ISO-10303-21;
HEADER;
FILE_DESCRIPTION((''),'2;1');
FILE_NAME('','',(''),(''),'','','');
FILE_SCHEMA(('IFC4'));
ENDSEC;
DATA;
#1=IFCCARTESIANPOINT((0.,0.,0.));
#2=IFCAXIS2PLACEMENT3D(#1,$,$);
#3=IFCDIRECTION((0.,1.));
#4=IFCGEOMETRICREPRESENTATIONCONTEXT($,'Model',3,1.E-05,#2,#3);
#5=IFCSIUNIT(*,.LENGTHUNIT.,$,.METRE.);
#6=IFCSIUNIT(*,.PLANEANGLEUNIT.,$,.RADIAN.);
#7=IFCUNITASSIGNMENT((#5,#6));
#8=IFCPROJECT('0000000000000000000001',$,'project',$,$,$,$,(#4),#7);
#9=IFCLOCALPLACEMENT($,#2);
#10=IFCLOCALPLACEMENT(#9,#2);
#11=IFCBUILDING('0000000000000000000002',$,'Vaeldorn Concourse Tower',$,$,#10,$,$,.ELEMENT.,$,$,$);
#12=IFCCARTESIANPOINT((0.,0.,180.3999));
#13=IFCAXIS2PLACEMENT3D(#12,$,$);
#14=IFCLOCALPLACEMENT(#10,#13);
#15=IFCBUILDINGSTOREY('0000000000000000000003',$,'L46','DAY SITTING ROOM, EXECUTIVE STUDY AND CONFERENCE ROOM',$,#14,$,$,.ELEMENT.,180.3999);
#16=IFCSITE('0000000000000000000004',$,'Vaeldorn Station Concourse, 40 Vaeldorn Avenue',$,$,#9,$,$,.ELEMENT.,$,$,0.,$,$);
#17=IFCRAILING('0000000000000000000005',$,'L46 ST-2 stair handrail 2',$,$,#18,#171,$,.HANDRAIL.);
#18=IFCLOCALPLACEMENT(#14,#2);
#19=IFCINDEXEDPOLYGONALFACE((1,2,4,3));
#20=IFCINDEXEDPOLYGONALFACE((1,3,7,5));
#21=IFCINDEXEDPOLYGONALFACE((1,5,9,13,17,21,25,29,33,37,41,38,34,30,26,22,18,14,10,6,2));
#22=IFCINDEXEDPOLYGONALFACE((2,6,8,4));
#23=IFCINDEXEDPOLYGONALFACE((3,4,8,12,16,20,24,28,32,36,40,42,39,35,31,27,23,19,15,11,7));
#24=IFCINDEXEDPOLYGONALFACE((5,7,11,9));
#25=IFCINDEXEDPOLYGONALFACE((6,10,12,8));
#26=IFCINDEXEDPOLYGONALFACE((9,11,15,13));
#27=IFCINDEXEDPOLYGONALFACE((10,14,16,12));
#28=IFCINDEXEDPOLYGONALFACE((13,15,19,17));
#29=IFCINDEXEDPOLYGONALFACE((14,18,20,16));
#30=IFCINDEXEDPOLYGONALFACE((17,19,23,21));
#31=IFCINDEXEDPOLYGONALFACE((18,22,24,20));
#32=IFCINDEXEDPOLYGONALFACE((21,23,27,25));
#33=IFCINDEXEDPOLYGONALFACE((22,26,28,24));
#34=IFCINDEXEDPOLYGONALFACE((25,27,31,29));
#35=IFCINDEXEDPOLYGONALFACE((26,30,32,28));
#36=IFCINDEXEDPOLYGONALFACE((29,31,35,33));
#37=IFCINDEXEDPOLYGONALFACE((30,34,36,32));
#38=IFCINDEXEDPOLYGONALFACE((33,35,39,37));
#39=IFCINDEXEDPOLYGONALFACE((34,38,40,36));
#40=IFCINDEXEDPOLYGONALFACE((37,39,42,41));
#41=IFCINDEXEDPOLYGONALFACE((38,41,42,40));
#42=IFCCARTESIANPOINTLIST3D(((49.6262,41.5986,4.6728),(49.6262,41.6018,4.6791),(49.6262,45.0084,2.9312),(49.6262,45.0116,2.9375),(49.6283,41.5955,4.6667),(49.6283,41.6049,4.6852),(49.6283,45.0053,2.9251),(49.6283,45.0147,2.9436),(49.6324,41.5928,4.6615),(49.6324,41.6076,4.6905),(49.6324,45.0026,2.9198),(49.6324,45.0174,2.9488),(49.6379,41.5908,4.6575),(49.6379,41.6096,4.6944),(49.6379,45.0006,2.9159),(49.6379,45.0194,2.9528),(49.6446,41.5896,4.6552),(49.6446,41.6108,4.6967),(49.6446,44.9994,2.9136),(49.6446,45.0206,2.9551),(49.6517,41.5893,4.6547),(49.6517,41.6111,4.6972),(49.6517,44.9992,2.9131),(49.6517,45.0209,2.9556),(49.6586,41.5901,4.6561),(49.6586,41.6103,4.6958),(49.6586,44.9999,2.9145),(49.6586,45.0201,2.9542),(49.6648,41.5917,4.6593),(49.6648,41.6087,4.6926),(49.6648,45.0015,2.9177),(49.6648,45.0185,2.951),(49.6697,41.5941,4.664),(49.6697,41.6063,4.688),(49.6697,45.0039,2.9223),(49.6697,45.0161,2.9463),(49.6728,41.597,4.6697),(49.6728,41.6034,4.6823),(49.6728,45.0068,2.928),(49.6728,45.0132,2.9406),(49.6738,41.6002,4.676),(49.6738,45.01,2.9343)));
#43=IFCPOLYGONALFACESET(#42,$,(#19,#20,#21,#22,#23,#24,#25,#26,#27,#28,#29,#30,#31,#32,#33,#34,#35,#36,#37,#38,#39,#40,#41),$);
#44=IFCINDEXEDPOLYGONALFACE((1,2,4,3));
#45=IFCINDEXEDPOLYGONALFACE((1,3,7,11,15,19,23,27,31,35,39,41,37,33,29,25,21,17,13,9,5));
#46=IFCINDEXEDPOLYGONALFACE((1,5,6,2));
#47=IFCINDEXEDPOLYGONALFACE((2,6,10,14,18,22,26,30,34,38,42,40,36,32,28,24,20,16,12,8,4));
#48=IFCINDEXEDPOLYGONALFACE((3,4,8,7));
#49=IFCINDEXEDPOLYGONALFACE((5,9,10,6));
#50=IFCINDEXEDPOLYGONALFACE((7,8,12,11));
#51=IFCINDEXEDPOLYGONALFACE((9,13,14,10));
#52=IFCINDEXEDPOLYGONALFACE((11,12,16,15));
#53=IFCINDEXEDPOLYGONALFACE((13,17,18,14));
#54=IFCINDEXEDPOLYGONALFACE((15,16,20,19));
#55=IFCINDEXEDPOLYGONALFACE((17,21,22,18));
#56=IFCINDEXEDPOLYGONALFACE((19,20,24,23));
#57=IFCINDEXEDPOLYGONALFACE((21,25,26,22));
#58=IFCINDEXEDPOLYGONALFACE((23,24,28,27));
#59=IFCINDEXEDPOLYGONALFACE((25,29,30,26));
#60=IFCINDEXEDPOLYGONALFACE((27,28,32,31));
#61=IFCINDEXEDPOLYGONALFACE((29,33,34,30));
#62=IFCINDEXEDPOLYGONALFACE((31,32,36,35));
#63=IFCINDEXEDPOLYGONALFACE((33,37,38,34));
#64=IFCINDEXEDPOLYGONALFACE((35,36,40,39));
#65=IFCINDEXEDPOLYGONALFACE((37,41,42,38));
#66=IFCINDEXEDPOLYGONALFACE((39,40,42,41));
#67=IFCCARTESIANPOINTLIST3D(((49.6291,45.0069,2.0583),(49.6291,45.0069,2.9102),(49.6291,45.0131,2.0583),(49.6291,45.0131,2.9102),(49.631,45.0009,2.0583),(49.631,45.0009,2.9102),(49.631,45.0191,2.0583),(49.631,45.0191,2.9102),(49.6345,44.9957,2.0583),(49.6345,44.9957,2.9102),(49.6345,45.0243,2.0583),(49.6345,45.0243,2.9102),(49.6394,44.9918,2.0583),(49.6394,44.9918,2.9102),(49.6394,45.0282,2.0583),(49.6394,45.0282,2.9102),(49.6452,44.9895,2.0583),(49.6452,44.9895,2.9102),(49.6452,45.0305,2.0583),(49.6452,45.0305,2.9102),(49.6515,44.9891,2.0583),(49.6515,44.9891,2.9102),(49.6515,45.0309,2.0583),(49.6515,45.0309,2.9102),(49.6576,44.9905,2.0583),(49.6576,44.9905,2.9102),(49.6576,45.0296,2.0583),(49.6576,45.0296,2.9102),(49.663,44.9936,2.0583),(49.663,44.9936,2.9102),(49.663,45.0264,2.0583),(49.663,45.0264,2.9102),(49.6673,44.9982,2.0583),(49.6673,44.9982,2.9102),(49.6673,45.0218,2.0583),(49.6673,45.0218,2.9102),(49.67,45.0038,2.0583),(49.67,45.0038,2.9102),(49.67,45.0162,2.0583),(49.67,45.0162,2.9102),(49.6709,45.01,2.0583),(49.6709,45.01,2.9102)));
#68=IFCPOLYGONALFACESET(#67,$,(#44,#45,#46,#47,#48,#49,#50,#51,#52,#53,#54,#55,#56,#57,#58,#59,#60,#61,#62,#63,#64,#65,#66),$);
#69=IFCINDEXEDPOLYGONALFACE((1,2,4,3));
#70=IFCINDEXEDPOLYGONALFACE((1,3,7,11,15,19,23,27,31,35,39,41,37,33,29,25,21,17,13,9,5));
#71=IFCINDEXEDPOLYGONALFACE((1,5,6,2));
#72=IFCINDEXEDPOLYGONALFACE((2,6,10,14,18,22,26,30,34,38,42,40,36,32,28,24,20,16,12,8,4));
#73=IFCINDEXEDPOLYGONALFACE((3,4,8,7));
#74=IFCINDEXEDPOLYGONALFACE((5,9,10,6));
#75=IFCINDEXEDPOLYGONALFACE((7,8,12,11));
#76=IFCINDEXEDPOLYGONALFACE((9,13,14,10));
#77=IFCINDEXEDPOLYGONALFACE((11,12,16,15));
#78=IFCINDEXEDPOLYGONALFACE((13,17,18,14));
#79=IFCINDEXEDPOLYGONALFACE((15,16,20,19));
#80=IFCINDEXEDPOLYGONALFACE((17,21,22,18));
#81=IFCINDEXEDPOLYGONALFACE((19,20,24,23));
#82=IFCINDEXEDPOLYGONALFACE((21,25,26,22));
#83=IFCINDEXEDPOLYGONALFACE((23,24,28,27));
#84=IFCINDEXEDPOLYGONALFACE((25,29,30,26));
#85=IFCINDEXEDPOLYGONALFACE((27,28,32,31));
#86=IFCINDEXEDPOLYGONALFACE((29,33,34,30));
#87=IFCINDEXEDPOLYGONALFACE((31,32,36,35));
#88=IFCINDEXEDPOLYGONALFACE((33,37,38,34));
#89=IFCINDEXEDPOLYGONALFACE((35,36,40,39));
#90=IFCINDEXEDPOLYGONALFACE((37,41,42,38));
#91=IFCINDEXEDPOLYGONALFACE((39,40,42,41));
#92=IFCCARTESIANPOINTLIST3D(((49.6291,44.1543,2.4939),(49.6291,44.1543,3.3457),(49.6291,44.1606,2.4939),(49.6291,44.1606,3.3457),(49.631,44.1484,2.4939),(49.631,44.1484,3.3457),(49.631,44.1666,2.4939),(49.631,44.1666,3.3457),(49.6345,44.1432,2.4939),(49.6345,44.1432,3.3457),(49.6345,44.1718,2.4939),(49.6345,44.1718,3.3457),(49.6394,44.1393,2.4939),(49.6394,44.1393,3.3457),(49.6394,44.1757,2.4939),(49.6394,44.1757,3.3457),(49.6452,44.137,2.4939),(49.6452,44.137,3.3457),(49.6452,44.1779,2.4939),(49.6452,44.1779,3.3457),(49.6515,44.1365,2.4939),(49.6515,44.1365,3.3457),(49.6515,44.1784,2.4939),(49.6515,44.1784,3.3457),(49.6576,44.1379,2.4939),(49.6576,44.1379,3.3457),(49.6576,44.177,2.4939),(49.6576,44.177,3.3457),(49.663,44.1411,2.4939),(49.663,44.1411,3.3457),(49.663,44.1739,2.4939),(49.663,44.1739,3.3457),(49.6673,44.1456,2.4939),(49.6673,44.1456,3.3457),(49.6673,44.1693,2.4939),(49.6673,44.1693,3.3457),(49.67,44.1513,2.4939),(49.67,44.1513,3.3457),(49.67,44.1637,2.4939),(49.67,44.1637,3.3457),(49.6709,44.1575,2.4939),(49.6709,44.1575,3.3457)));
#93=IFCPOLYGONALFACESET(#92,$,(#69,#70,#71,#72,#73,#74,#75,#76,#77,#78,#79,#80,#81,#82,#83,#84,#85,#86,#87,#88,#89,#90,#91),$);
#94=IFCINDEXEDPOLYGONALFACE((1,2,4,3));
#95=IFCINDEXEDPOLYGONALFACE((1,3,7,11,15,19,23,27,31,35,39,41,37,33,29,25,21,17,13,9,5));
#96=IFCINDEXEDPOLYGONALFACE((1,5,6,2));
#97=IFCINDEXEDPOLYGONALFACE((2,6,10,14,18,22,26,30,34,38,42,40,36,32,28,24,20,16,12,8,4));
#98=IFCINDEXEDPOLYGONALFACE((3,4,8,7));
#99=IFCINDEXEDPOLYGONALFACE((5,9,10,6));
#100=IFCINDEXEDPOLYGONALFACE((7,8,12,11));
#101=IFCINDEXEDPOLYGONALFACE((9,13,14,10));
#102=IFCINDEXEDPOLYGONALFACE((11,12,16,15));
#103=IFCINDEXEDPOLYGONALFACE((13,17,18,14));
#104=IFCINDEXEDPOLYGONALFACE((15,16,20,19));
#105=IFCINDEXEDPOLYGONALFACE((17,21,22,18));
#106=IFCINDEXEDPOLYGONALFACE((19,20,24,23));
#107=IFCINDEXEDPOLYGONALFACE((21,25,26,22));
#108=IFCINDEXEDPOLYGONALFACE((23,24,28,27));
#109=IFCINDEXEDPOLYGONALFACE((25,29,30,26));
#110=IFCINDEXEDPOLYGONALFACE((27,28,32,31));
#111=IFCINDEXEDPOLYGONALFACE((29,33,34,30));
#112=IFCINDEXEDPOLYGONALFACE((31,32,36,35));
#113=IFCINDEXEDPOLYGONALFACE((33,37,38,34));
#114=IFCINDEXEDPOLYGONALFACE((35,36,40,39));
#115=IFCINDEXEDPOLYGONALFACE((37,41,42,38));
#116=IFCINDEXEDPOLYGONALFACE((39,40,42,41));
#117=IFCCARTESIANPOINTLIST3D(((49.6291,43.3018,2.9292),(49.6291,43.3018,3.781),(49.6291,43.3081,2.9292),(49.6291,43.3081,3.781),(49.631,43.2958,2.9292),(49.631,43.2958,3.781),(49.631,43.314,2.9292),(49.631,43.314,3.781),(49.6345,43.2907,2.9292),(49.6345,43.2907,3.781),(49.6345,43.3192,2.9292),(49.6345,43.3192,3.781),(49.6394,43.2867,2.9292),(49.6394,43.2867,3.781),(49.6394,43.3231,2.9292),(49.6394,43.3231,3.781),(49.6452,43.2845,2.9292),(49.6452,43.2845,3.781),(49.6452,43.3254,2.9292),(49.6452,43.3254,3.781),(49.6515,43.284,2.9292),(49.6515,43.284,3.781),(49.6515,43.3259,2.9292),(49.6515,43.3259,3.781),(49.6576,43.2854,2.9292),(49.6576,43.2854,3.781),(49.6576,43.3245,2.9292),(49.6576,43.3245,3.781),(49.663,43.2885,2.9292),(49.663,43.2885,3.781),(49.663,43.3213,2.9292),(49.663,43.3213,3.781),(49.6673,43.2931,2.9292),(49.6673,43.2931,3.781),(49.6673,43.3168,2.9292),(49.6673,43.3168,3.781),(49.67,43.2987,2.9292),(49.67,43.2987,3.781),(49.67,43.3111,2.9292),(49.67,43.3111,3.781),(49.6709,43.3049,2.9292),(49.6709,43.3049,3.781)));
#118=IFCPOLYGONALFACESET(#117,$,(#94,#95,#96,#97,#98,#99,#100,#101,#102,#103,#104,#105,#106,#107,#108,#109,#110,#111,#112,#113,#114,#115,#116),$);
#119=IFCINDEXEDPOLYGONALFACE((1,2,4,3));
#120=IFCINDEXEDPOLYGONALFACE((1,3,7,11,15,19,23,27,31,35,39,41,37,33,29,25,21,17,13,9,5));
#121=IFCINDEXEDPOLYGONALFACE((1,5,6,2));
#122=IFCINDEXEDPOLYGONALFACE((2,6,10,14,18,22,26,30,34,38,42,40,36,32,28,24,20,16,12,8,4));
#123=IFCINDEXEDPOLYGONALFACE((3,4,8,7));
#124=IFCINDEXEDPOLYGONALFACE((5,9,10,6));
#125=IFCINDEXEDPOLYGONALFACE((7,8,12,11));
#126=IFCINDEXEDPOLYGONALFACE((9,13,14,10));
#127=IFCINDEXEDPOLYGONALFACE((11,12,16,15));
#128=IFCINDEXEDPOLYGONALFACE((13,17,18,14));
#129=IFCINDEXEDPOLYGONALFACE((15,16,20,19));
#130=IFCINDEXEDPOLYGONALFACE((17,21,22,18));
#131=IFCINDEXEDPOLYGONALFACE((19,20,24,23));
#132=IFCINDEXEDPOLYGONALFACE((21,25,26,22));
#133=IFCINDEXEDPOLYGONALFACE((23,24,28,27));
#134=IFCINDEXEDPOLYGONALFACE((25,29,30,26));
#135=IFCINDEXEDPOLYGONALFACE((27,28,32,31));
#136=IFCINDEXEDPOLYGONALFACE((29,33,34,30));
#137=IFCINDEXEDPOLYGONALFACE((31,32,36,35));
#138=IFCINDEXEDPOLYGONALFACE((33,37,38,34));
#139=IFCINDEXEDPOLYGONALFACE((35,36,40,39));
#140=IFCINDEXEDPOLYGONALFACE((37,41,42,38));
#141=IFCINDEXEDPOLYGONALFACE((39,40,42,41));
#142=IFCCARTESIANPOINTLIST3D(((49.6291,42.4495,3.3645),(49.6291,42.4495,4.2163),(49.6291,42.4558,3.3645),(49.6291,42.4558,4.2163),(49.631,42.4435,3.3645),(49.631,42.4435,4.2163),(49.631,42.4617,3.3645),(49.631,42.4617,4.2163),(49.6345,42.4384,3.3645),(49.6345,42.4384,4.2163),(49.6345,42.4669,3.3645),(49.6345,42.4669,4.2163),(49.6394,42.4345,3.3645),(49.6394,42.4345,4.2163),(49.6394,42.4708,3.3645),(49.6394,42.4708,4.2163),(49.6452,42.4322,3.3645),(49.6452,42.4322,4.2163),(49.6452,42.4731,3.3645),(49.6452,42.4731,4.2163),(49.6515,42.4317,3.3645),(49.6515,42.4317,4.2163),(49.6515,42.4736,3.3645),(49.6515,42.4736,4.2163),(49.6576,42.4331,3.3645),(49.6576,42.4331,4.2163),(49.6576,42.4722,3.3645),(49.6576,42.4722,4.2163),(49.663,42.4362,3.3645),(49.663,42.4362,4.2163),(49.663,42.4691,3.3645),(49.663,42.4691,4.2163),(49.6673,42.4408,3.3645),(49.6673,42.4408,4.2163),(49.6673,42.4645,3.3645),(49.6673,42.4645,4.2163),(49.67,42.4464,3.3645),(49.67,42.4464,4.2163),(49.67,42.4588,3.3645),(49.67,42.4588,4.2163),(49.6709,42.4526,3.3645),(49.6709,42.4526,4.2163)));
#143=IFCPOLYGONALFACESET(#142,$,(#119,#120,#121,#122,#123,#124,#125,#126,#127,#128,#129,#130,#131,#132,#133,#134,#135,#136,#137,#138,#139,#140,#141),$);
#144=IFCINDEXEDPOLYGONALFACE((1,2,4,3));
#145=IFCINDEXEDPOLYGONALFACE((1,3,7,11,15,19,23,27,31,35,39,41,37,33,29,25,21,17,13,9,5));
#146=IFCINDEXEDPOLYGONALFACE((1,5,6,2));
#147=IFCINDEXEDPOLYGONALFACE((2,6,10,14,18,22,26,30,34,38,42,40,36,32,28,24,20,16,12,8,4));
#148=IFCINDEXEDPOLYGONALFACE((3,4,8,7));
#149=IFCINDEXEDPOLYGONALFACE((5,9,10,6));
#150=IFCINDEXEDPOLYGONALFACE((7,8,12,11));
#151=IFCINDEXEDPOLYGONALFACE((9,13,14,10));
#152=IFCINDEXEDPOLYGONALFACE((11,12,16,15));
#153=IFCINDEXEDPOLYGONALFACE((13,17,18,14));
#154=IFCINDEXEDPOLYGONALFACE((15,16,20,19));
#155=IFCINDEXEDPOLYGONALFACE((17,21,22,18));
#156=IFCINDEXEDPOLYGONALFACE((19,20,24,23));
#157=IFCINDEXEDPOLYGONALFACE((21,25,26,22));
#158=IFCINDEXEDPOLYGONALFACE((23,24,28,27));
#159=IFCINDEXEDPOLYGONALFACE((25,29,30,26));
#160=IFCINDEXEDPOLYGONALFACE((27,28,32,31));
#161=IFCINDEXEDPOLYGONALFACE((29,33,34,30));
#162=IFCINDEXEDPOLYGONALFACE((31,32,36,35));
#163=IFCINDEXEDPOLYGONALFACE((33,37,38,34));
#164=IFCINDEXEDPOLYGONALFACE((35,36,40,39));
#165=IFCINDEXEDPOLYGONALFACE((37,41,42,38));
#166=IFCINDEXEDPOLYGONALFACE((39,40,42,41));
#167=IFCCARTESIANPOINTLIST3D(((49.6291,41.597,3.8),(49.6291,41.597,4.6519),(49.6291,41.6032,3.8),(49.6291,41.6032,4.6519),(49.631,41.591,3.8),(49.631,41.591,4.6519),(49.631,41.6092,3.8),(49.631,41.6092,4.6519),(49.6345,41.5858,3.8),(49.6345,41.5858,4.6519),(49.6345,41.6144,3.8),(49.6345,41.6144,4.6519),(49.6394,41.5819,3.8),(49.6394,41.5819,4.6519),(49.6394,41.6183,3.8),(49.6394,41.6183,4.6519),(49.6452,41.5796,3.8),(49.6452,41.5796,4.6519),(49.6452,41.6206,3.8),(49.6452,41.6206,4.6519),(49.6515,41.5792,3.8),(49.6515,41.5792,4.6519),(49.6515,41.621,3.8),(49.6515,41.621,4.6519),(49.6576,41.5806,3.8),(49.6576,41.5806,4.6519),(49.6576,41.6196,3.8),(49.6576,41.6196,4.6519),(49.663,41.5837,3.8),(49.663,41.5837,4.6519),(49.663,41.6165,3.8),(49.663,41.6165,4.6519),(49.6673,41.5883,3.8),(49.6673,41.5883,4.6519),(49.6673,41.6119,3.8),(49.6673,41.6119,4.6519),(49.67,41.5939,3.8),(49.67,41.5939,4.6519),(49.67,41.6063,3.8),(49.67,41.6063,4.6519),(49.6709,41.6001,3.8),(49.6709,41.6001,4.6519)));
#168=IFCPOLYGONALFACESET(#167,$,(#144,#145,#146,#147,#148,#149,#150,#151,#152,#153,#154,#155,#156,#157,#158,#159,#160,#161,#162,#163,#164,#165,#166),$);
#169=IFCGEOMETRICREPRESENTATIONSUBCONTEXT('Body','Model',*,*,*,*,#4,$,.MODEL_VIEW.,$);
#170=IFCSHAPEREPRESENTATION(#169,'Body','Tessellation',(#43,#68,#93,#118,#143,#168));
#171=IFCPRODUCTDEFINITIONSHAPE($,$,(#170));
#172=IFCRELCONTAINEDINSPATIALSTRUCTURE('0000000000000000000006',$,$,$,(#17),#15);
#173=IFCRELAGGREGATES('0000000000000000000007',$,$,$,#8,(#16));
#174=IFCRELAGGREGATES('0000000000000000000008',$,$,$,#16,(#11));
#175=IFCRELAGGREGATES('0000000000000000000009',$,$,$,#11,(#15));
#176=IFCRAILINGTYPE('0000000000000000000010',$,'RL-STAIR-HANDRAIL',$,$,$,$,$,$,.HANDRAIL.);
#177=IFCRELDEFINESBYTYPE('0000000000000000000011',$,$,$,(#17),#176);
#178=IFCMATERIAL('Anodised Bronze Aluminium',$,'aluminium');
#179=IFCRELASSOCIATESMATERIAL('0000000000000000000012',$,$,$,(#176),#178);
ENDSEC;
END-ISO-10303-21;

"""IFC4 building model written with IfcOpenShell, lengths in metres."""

from ifc_helpers import new_model, si_unit, direction, frame, origin, origin_2d, place, context, subcontext, project, spatial, circle, extrude, material, type_object, element, save


model = new_model("IFC4")

# Units and contexts
model_context = context("Model", 3, precision=1e-05, world=origin(), true_north=direction((0.0, 1.0)))
body_context = subcontext(model_context, "Body", "Model", "MODEL_VIEW")
ifc_project = project(units=[si_unit("LENGTHUNIT", "METRE"), si_unit("PLANEANGLEUNIT", "RADIAN")], contexts=[model_context])

# Site, building, storey
site_placement = place(None, origin())
site = spatial("IfcSite", under=ifc_project, at=site_placement, Name="Vaeldorn Station Concourse, 40 Vaeldorn Avenue", CompositionType="ELEMENT", RefElevation=0.0)
building_placement = place(site_placement, origin())
building = spatial("IfcBuilding", under=site, at=building_placement, Name="Vaeldorn Concourse Tower", CompositionType="ELEMENT")
storey_placement = place(building_placement, frame((0.0, 0.0, 180.3999)))
storey = spatial("IfcBuildingStorey", under=building, at=storey_placement, Name="L46", Description="DAY SITTING ROOM, EXECUTIVE STUDY AND CONFERENCE ROOM", CompositionType="ELEMENT", Elevation=180.3999)

# Shared definitions
ifc_material_1 = material(Name="Anodised Bronze Aluminium", Category="aluminium")

# Railing
railing_type_1 = type_object("IfcRailingType", Name="RL-STAIR-HANDRAIL", PredefinedType="HANDRAIL", material=ifc_material_1)
railing_1_placement = place(storey_placement, frame((49.6499, 45.01, 2.0583)))
element("IfcRailing", 1, at=railing_1_placement, inside=storey, type_object=railing_type_1, Name="L46 ST-2 stair handrail 2", PredefinedType="HANDRAIL", context=body_context, shape_type="SweptSolid", body=[
    extrude(circle(Radius=0.0239, at=origin_2d()), frame((0.0, 0.0, 0.876), z_axis=(0.0, -0.890556, 0.454874), x_axis=(1.0, 0.0, 0.0)), (0.0, 0.0, 1.0), 3.8289),
    extrude(circle(Radius=0.021, at=origin_2d()), origin(), (0.0, 0.0, 1.0), 0.8518),
    extrude(circle(Radius=0.021, at=origin_2d()), frame((0.0, -0.8525, 0.4355)), (0.0, 0.0, 1.0), 0.8518),
    extrude(circle(Radius=0.021, at=origin_2d()), frame((0.0, -1.7051, 0.8708)), (0.0, 0.0, 1.0), 0.8518),
    extrude(circle(Radius=0.021, at=origin_2d()), frame((0.0, -2.5574, 1.3062)), (0.0, 0.0, 1.0), 0.8518),
    extrude(circle(Radius=0.021, at=origin_2d()), frame((0.0, -3.4099, 1.7417)), (0.0, 0.0, 1.0), 0.8518),
])

save(model, "model.ifc")
